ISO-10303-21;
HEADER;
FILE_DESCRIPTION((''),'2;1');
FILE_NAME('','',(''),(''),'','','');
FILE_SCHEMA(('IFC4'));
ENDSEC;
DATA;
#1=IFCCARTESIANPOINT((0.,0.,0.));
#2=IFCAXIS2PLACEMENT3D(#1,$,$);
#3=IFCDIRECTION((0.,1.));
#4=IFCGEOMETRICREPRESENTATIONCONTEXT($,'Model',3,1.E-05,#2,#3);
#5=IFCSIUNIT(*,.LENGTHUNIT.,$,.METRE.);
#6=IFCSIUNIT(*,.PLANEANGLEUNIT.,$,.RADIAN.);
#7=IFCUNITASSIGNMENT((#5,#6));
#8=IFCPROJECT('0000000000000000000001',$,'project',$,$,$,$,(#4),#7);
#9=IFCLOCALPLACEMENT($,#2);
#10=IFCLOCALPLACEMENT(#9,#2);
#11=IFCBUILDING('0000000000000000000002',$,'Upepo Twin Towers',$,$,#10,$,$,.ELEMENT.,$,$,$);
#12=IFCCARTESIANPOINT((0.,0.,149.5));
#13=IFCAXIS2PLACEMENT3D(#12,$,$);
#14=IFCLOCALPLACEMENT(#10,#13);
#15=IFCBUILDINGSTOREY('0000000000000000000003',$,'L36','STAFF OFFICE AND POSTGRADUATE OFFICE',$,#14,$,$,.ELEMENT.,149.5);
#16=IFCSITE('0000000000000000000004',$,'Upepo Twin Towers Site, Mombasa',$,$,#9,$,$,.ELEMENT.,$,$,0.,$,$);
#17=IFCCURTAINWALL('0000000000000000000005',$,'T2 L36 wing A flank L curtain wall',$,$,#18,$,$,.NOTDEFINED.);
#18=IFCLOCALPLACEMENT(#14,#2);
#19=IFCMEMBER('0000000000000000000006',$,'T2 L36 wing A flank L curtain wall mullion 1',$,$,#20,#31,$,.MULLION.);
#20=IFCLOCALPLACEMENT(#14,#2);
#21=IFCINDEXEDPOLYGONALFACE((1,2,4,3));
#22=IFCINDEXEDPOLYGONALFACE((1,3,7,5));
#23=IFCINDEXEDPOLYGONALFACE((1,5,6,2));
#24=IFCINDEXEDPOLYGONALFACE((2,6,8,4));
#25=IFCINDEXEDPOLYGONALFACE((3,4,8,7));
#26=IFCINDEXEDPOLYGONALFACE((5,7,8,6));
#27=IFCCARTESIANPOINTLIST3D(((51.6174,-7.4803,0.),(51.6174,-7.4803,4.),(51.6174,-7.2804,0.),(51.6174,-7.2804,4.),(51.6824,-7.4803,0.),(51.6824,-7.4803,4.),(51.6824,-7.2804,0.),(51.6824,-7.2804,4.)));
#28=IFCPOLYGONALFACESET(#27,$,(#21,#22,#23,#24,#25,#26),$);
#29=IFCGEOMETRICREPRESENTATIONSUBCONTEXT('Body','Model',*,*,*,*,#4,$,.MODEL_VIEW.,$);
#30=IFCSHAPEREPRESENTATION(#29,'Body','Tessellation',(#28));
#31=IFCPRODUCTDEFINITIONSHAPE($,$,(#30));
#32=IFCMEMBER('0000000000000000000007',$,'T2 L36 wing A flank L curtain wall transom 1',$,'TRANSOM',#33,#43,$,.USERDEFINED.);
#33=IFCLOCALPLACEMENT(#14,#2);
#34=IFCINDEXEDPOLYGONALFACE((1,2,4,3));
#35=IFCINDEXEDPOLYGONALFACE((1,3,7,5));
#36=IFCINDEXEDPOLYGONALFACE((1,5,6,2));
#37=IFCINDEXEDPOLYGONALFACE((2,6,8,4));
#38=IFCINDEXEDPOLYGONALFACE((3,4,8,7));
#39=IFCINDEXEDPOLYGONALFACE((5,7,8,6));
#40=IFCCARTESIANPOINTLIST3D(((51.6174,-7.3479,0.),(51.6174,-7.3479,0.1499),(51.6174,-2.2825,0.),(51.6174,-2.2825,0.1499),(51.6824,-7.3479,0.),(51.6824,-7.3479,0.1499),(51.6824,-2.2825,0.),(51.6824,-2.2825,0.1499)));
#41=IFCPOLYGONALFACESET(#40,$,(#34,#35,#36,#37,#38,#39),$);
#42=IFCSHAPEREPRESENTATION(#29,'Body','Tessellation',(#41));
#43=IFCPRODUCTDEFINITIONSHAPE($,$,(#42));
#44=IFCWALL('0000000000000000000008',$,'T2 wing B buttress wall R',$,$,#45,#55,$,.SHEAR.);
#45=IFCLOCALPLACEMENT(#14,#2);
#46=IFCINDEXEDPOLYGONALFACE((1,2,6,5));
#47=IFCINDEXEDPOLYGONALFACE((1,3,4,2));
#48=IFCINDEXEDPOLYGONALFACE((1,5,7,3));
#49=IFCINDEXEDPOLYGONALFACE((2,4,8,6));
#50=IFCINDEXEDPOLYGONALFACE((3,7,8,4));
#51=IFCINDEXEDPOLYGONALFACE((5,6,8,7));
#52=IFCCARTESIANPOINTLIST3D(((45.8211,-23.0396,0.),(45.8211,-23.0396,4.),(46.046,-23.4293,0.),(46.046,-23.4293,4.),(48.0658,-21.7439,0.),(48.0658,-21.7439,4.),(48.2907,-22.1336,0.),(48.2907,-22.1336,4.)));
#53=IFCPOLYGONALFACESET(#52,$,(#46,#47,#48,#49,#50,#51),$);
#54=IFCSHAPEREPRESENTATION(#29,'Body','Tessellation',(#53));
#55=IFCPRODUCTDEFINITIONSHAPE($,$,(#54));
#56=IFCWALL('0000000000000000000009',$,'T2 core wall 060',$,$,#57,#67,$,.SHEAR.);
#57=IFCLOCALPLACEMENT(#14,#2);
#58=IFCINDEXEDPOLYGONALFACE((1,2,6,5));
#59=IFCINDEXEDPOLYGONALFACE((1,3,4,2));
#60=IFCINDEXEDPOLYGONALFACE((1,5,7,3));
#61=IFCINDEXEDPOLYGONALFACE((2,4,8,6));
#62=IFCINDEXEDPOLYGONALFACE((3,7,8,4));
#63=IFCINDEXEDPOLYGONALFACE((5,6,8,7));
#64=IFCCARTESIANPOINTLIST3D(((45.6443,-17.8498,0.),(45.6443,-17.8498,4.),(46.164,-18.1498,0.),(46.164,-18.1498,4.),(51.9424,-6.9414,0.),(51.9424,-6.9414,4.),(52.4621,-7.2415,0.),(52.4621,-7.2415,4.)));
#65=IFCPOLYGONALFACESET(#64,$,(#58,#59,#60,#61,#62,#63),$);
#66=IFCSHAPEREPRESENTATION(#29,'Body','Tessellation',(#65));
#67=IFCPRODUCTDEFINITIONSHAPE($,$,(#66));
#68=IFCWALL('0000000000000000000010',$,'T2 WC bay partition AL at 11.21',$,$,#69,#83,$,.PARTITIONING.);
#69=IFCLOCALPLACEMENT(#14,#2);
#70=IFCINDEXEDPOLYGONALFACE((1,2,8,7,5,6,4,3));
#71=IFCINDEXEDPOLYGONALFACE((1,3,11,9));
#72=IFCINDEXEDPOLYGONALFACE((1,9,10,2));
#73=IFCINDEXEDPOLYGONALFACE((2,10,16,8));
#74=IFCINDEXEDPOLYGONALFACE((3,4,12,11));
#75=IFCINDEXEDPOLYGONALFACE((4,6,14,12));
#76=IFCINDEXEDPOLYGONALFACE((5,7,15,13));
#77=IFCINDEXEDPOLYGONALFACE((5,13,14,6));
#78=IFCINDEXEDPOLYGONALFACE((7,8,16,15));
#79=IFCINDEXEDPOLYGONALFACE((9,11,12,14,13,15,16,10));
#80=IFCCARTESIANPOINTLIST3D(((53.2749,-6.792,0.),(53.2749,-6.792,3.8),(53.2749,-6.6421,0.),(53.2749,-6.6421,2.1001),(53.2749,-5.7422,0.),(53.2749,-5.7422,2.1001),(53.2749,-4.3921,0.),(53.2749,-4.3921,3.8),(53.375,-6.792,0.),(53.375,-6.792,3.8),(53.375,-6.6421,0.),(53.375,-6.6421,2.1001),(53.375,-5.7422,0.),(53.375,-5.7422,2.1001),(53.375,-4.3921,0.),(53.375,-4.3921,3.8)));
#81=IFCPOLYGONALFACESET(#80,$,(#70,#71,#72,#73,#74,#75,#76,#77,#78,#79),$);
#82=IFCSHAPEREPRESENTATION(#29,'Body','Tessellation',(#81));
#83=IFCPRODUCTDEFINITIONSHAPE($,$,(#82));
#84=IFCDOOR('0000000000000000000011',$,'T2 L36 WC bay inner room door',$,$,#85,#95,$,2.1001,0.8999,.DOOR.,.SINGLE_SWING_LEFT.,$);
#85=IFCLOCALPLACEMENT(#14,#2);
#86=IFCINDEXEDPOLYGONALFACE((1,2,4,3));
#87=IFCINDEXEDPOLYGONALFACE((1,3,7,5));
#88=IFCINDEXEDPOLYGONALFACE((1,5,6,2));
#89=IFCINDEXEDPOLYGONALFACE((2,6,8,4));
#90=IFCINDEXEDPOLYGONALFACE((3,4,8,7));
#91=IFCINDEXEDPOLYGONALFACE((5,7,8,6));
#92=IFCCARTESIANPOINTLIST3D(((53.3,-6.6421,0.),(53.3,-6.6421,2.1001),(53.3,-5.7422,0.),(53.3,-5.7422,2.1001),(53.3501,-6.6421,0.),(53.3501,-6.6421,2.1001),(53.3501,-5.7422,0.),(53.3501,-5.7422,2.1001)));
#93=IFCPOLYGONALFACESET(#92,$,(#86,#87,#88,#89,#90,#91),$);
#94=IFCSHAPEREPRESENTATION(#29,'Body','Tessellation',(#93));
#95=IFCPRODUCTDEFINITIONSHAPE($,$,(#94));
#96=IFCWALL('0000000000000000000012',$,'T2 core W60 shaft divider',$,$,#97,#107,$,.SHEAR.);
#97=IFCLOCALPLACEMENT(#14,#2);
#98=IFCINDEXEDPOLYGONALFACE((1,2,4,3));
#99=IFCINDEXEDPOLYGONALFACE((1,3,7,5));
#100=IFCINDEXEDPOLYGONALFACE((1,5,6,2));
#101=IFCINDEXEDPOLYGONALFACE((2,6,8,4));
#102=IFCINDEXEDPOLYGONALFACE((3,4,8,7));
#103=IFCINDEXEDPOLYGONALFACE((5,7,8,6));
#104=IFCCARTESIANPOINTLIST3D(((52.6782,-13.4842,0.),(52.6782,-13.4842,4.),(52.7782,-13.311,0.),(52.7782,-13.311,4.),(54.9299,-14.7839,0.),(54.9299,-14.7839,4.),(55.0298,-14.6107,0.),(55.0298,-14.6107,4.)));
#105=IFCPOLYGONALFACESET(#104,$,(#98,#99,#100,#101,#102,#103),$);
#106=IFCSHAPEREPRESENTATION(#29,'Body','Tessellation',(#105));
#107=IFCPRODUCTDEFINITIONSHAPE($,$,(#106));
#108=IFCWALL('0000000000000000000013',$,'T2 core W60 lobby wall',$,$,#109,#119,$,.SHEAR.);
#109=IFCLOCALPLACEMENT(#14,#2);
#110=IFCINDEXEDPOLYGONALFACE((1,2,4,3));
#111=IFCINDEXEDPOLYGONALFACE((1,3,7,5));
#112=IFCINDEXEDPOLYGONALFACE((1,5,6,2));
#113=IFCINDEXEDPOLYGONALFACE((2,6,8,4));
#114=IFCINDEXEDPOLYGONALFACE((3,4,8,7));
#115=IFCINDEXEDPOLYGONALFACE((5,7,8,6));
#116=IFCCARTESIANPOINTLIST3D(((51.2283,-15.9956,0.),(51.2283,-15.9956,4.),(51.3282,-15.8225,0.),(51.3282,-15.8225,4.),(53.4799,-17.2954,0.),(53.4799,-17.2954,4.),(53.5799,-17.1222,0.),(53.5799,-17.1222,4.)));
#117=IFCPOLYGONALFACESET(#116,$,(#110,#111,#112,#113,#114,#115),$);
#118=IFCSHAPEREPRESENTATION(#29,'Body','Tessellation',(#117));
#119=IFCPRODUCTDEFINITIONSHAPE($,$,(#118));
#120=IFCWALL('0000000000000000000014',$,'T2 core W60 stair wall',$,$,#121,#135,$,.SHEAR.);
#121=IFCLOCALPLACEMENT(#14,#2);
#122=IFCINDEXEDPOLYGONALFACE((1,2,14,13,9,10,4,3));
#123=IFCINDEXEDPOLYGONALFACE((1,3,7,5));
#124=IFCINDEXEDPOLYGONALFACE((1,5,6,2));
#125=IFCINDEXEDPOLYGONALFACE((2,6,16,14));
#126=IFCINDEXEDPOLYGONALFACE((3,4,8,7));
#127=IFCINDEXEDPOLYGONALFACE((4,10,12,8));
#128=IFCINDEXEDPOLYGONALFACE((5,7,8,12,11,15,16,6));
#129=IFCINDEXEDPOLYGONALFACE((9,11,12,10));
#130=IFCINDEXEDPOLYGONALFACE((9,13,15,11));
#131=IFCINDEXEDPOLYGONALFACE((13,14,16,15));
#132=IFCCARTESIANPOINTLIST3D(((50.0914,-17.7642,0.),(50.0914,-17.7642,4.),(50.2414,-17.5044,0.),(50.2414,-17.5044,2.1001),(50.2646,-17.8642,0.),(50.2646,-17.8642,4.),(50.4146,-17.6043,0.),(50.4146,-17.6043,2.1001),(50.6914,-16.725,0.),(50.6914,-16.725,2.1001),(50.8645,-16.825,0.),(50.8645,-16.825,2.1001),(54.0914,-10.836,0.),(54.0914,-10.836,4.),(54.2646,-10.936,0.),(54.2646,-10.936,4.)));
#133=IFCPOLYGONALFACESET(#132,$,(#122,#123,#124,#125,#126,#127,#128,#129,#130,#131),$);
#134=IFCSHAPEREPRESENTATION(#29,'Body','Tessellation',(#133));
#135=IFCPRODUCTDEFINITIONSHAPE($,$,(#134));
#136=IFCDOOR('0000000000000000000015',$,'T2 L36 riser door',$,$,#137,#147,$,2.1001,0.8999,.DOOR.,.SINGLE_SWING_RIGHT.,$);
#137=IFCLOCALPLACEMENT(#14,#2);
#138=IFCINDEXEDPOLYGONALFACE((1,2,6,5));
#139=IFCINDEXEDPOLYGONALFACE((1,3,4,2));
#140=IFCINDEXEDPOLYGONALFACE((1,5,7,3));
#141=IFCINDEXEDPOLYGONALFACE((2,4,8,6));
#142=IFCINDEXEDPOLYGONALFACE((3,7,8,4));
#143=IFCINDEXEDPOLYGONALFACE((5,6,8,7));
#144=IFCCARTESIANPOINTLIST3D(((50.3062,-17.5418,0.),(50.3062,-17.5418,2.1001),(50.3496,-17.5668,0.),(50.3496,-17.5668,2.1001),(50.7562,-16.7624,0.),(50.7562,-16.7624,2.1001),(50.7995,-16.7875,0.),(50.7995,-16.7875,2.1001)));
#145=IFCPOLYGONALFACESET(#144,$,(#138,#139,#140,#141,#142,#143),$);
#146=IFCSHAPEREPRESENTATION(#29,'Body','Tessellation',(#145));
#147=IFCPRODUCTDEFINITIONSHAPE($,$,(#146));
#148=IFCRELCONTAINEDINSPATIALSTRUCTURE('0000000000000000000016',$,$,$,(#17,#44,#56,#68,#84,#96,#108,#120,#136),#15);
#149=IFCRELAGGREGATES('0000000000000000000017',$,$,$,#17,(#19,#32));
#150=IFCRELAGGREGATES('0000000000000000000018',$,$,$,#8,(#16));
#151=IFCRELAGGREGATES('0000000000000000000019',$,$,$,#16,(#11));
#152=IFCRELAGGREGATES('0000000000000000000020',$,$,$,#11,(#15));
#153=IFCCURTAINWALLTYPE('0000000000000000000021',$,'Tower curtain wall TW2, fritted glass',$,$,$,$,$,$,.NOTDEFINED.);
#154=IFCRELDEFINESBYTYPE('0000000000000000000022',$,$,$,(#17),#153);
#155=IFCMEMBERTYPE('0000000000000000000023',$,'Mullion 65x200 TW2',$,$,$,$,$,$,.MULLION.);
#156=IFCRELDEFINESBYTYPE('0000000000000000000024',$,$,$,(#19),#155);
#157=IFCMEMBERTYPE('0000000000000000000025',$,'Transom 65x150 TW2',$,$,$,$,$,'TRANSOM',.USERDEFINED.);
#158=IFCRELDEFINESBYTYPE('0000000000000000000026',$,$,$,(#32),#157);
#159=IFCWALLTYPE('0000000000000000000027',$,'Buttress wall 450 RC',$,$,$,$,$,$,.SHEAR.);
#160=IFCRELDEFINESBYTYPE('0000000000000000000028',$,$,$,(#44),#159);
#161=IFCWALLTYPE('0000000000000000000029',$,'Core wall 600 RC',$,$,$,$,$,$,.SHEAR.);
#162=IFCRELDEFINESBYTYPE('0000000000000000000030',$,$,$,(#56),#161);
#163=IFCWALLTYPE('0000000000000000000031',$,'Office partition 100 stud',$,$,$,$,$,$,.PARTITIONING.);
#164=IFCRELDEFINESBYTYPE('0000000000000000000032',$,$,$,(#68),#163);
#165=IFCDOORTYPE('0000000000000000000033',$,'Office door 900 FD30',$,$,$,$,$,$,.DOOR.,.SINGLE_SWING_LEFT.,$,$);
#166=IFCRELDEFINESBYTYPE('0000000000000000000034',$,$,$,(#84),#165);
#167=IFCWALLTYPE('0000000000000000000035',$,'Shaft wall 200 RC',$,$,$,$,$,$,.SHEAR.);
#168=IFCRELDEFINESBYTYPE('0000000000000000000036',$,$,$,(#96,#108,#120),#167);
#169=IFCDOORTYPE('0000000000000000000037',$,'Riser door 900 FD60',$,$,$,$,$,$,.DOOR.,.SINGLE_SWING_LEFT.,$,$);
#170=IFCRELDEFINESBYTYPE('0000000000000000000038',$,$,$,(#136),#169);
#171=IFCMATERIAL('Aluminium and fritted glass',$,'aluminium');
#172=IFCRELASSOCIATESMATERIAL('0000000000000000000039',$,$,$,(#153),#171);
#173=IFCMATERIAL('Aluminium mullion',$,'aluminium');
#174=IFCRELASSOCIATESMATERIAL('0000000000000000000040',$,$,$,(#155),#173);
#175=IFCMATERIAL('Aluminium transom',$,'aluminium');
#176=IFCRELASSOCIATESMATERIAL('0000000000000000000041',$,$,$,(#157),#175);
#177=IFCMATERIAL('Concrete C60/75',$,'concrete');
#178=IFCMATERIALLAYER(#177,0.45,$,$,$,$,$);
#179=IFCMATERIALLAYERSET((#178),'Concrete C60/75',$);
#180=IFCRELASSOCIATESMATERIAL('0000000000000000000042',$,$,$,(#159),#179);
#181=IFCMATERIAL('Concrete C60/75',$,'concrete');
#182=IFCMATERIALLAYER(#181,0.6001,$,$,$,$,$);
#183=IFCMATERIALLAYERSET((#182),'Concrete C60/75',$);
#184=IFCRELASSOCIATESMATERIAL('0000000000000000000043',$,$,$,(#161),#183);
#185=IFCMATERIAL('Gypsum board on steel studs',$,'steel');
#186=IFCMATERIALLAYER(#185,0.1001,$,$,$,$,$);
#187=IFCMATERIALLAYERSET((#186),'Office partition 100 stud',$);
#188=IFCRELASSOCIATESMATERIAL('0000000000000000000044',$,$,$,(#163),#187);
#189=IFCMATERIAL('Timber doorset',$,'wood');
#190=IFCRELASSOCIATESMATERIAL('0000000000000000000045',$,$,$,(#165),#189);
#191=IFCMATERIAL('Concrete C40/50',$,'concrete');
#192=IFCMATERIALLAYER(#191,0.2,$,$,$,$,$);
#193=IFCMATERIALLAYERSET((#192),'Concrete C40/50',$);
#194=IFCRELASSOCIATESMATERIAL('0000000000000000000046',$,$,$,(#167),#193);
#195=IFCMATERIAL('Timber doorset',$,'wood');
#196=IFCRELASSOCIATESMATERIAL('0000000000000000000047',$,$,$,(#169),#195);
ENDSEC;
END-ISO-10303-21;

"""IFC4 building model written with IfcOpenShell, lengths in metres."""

from ifc_helpers import new_model, si_unit, direction, frame, frame_2d, origin, origin_2d, place, context, subcontext, project, spatial, rectangle, extrude, material, layer, layer_set, material_profile, profile_set, type_object, element, fill, aggregate, save


model = new_model("IFC4")

# Units and contexts
model_context = context("Model", 3, precision=1e-05, world=origin(), true_north=direction((0.0, 1.0)))
body_context = subcontext(model_context, "Body", "Model", "MODEL_VIEW")
ifc_project = project(units=[si_unit("LENGTHUNIT", "METRE"), si_unit("PLANEANGLEUNIT", "RADIAN")], contexts=[model_context])

# Site, building, storey
site_placement = place(None, origin())
site = spatial("IfcSite", under=ifc_project, at=site_placement, Name="Upepo Twin Towers Site, Mombasa", CompositionType="ELEMENT", RefElevation=0.0)
building_placement = place(site_placement, origin())
building = spatial("IfcBuilding", under=site, at=building_placement, Name="Upepo Twin Towers", CompositionType="ELEMENT")
storey_placement = place(building_placement, frame((0.0, 0.0, 149.5)))
storey = spatial("IfcBuildingStorey", under=building, at=storey_placement, Name="L36", Description="STAFF OFFICE AND POSTGRADUATE OFFICE", CompositionType="ELEMENT", Elevation=149.5)

# Curtain wall, members
ifc_material_1 = material(Name="Aluminium and fritted glass", Category="aluminium")
curtain_wall_type = type_object("IfcCurtainWallType", Name="Tower curtain wall TW2, fritted glass", PredefinedType="NOTDEFINED", material=ifc_material_1)
curtain_wall_placement = place(storey_placement, origin())
curtain_wall = element("IfcCurtainWall", 1, at=curtain_wall_placement, inside=storey, type_object=curtain_wall_type, Name="T2 L36 wing A flank L curtain wall", PredefinedType="NOTDEFINED")
ifc_material_2 = material(Name="Aluminium mullion", Category="aluminium")
ifc_material_profile_1 = material_profile(ifc_material_2, rectangle(XDim=0.0649, YDim=0.2, at=origin_2d()), Name="MULLION 65x200")
ifc_profile_set_1 = profile_set([ifc_material_profile_1], Name="Aluminium mullion")
member_type_1 = type_object("IfcMemberType", Name="Mullion 65x200 TW2", PredefinedType="MULLION", material=ifc_profile_set_1)
member_1_placement = place(storey_placement, frame((51.6499, -7.3804, 0.0), z_axis=(0.0, 0.0, 1.0), x_axis=(-1.0, 0.0, 0.0)))
member_1 = element("IfcMember", 2, at=member_1_placement, type_object=member_type_1, Name="T2 L36 wing A flank L curtain wall mullion 1", PredefinedType="MULLION", context=body_context, shape_type="SweptSolid", body=[
    extrude(rectangle(XDim=0.0649, YDim=0.2, at=origin_2d()), origin(), (0.0, 0.0, 1.0), 4.0),
])
ifc_material_3 = material(Name="Aluminium transom", Category="aluminium")
ifc_material_profile_2 = material_profile(ifc_material_3, rectangle(XDim=0.0649, YDim=0.1499, at=origin_2d()), Name="TRANSOM 65x150")
ifc_profile_set_2 = profile_set([ifc_material_profile_2], Name="Aluminium transom")
member_type_2 = type_object("IfcMemberType", Name="Transom 65x150 TW2", ElementType="TRANSOM", PredefinedType="USERDEFINED", material=ifc_profile_set_2)
member_2_placement = place(storey_placement, frame((51.6499, -7.3479, 0.075), z_axis=(0.0, 1.0, 0.0), x_axis=(-1.0, 0.0, 0.0)))
member_2 = element("IfcMember", 3, at=member_2_placement, type_object=member_type_2, Name="T2 L36 wing A flank L curtain wall transom 1", ObjectType="TRANSOM", PredefinedType="USERDEFINED", context=body_context, shape_type="SweptSolid", body=[
    extrude(rectangle(XDim=0.0649, YDim=0.1499, at=origin_2d()), origin(), (0.0, 0.0, 1.0), 5.0654),
])
aggregate(curtain_wall, [member_1, member_2])

# Walls
ifc_material_4 = material(Name="Concrete C60/75", Category="concrete")
ifc_layer_1 = layer(ifc_material_4, 0.45)
ifc_layer_set_1 = layer_set([ifc_layer_1], Name="Concrete C60/75")
wall_type_1 = type_object("IfcWallType", Name="Buttress wall 450 RC", PredefinedType="SHEAR", material=ifc_layer_set_1)
wall_1_placement = place(storey_placement, frame((48.1782, -21.9387, 0.0), z_axis=(0.0, 0.0, 1.0), x_axis=(-0.866073, -0.499918, 0.0)))
element("IfcWall", 4, at=wall_1_placement, inside=storey, type_object=wall_type_1, Name="T2 wing B buttress wall R", PredefinedType="SHEAR", context=body_context, shape_type="SweptSolid", body=[
    extrude(rectangle(XDim=2.5918, YDim=0.45, at=frame_2d((1.2959, 0.0))), origin(), (0.0, 0.0, 1.0), 4.0),
])
ifc_material_5 = material(Name="Concrete C60/75", Category="concrete")
ifc_layer_2 = layer(ifc_material_5, 0.6001)
ifc_layer_set_2 = layer_set([ifc_layer_2], Name="Concrete C60/75")
wall_type_2 = type_object("IfcWallType", Name="Core wall 600 RC", PredefinedType="SHEAR", material=ifc_layer_set_2)
wall_2_placement = place(storey_placement, frame((52.2021, -7.0916, 0.0), z_axis=(0.0, 0.0, 1.0), x_axis=(-0.500006, -0.866022, 0.0)))
element("IfcWall", 5, at=wall_2_placement, inside=storey, type_object=wall_type_2, Name="T2 core wall 060", PredefinedType="SHEAR", context=body_context, shape_type="SweptSolid", body=[
    extrude(rectangle(XDim=12.5959, YDim=0.6001, at=frame_2d((6.2979, 0.0))), origin(), (0.0, 0.0, 1.0), 4.0),
])

# Wall, opening, door
ifc_material_6 = material(Name="Gypsum board on steel studs", Category="steel")
ifc_layer_3 = layer(ifc_material_6, 0.1001)
ifc_layer_set_3 = layer_set([ifc_layer_3], Name="Office partition 100 stud")
wall_type_3 = type_object("IfcWallType", Name="Office partition 100 stud", PredefinedType="PARTITIONING", material=ifc_layer_set_3)
wall_3_placement = place(storey_placement, frame((53.325, -6.792, 0.0), z_axis=(0.0, 0.0, 1.0), x_axis=(0.0, 1.0, 0.0)))
wall_3 = element("IfcWall", 6, at=wall_3_placement, inside=storey, type_object=wall_type_3, Name="T2 WC bay partition AL at 11.21", PredefinedType="PARTITIONING", context=body_context, shape_type="SweptSolid", body=[
    extrude(rectangle(XDim=2.3999, YDim=0.1001, at=frame_2d((1.2, 0.0))), origin(), (0.0, 0.0, 1.0), 3.8),
])
opening_1_placement = place(wall_3_placement, frame((0.1499, 0.0, 0.0)))
opening_1 = element("IfcOpeningElement", 7, at=opening_1_placement, cuts=wall_3, PredefinedType="OPENING", context=body_context, shape_type="SweptSolid", body=[
    extrude(rectangle(XDim=0.8999, YDim=2.1001, at=frame_2d((0.45, 1.05))), frame((0.0, 0.0601, 0.0), z_axis=(0.0, -1.0, 0.0), x_axis=(1.0, 0.0, 0.0)), (0.0, 0.0, 1.0), 0.1201),
])
ifc_material_7 = material(Name="Timber doorset", Category="wood")
door_type_1 = type_object("IfcDoorType", Name="Office door 900 FD30", OperationType="SINGLE_SWING_LEFT", PredefinedType="DOOR", material=ifc_material_7)
door_1_placement = place(opening_1_placement, origin())
door_1 = element("IfcDoor", 8, at=door_1_placement, inside=storey, type_object=door_type_1, Name="T2 L36 WC bay inner room door", OperationType="SINGLE_SWING_LEFT", OverallHeight=2.1001, OverallWidth=0.8999, PredefinedType="DOOR", context=body_context, shape_type="SweptSolid", body=[
    extrude(rectangle(XDim=0.8999, YDim=2.1001, at=frame_2d((0.45, 1.05))), frame((0.0, 0.0249, 0.0), z_axis=(0.0, -1.0, 0.0), x_axis=(1.0, 0.0, 0.0)), (0.0, 0.0, 1.0), 0.05),
])
fill(opening_1, door_1)

# Walls
ifc_material_8 = material(Name="Concrete C40/50", Category="concrete")
ifc_layer_4 = layer(ifc_material_8, 0.2)
ifc_layer_set_4 = layer_set([ifc_layer_4], Name="Concrete C40/50")
wall_type_4 = type_object("IfcWallType", Name="Shaft wall 200 RC", PredefinedType="SHEAR", material=ifc_layer_set_4)
for number, where, z_axis, x_axis, name in (
    (9, (54.9797, -14.6973, 0.0), (0.0, 0.0, 1.0), (-0.866062, 0.499937, 0.0), "T2 core W60 shaft divider"),
    (10, (53.5298, -17.2087, 0.0), (0.0, 0.0, 1.0), (-0.866062, 0.499937, 0.0), "T2 core W60 lobby wall"),
):
    element("IfcWall", number, at=place(storey_placement, frame(where, z_axis=z_axis, x_axis=x_axis)), inside=storey, type_object=wall_type_4, Name=name, PredefinedType="SHEAR", context=body_context, shape_type="SweptSolid", body=[
        extrude(rectangle(XDim=2.5999, YDim=0.2, at=frame_2d((1.2998, 0.0))), origin(), (0.0, 0.0, 1.0), 4.0),
    ])

# Wall, opening, door
wall_4_placement = place(storey_placement, frame((54.178, -10.886, 0.0), z_axis=(0.0, 0.0, 1.0), x_axis=(-0.499999, -0.866026, 0.0)))
wall_4 = element("IfcWall", 11, at=wall_4_placement, inside=storey, type_object=wall_type_4, Name="T2 core W60 stair wall", PredefinedType="SHEAR", context=body_context, shape_type="SweptSolid", body=[
    extrude(rectangle(XDim=8.0, YDim=0.2, at=frame_2d((4.0, 0.0))), origin(), (0.0, 0.0, 1.0), 4.0),
])
opening_2_placement = place(wall_4_placement, frame((6.8, 0.0, 0.0)))
opening_2 = element("IfcOpeningElement", 12, at=opening_2_placement, cuts=wall_4, PredefinedType="OPENING", context=body_context, shape_type="SweptSolid", body=[
    extrude(rectangle(XDim=0.8999, YDim=2.1001, at=frame_2d((0.45, 1.05))), frame((0.0, 0.1099, 0.0), z_axis=(0.0, -1.0, 0.0), x_axis=(1.0, 0.0, 0.0)), (0.0, 0.0, 1.0), 0.22),
])
ifc_material_9 = material(Name="Timber doorset", Category="wood")
door_type_2 = type_object("IfcDoorType", Name="Riser door 900 FD60", OperationType="SINGLE_SWING_LEFT", PredefinedType="DOOR", material=ifc_material_9)
door_2_placement = place(opening_2_placement, origin())
door_2 = element("IfcDoor", 13, at=door_2_placement, inside=storey, type_object=door_type_2, Name="T2 L36 riser door", OperationType="SINGLE_SWING_RIGHT", OverallHeight=2.1001, OverallWidth=0.8999, PredefinedType="DOOR", context=body_context, shape_type="SweptSolid", body=[
    extrude(rectangle(XDim=0.8999, YDim=2.1001, at=frame_2d((0.45, 1.05))), frame((0.0, 0.0249, 0.0), z_axis=(0.0, -1.0, 0.0), x_axis=(1.0, 0.0, 0.0)), (0.0, 0.0, 1.0), 0.05),
])
fill(opening_2, door_2)

save(model, "model.ifc")
